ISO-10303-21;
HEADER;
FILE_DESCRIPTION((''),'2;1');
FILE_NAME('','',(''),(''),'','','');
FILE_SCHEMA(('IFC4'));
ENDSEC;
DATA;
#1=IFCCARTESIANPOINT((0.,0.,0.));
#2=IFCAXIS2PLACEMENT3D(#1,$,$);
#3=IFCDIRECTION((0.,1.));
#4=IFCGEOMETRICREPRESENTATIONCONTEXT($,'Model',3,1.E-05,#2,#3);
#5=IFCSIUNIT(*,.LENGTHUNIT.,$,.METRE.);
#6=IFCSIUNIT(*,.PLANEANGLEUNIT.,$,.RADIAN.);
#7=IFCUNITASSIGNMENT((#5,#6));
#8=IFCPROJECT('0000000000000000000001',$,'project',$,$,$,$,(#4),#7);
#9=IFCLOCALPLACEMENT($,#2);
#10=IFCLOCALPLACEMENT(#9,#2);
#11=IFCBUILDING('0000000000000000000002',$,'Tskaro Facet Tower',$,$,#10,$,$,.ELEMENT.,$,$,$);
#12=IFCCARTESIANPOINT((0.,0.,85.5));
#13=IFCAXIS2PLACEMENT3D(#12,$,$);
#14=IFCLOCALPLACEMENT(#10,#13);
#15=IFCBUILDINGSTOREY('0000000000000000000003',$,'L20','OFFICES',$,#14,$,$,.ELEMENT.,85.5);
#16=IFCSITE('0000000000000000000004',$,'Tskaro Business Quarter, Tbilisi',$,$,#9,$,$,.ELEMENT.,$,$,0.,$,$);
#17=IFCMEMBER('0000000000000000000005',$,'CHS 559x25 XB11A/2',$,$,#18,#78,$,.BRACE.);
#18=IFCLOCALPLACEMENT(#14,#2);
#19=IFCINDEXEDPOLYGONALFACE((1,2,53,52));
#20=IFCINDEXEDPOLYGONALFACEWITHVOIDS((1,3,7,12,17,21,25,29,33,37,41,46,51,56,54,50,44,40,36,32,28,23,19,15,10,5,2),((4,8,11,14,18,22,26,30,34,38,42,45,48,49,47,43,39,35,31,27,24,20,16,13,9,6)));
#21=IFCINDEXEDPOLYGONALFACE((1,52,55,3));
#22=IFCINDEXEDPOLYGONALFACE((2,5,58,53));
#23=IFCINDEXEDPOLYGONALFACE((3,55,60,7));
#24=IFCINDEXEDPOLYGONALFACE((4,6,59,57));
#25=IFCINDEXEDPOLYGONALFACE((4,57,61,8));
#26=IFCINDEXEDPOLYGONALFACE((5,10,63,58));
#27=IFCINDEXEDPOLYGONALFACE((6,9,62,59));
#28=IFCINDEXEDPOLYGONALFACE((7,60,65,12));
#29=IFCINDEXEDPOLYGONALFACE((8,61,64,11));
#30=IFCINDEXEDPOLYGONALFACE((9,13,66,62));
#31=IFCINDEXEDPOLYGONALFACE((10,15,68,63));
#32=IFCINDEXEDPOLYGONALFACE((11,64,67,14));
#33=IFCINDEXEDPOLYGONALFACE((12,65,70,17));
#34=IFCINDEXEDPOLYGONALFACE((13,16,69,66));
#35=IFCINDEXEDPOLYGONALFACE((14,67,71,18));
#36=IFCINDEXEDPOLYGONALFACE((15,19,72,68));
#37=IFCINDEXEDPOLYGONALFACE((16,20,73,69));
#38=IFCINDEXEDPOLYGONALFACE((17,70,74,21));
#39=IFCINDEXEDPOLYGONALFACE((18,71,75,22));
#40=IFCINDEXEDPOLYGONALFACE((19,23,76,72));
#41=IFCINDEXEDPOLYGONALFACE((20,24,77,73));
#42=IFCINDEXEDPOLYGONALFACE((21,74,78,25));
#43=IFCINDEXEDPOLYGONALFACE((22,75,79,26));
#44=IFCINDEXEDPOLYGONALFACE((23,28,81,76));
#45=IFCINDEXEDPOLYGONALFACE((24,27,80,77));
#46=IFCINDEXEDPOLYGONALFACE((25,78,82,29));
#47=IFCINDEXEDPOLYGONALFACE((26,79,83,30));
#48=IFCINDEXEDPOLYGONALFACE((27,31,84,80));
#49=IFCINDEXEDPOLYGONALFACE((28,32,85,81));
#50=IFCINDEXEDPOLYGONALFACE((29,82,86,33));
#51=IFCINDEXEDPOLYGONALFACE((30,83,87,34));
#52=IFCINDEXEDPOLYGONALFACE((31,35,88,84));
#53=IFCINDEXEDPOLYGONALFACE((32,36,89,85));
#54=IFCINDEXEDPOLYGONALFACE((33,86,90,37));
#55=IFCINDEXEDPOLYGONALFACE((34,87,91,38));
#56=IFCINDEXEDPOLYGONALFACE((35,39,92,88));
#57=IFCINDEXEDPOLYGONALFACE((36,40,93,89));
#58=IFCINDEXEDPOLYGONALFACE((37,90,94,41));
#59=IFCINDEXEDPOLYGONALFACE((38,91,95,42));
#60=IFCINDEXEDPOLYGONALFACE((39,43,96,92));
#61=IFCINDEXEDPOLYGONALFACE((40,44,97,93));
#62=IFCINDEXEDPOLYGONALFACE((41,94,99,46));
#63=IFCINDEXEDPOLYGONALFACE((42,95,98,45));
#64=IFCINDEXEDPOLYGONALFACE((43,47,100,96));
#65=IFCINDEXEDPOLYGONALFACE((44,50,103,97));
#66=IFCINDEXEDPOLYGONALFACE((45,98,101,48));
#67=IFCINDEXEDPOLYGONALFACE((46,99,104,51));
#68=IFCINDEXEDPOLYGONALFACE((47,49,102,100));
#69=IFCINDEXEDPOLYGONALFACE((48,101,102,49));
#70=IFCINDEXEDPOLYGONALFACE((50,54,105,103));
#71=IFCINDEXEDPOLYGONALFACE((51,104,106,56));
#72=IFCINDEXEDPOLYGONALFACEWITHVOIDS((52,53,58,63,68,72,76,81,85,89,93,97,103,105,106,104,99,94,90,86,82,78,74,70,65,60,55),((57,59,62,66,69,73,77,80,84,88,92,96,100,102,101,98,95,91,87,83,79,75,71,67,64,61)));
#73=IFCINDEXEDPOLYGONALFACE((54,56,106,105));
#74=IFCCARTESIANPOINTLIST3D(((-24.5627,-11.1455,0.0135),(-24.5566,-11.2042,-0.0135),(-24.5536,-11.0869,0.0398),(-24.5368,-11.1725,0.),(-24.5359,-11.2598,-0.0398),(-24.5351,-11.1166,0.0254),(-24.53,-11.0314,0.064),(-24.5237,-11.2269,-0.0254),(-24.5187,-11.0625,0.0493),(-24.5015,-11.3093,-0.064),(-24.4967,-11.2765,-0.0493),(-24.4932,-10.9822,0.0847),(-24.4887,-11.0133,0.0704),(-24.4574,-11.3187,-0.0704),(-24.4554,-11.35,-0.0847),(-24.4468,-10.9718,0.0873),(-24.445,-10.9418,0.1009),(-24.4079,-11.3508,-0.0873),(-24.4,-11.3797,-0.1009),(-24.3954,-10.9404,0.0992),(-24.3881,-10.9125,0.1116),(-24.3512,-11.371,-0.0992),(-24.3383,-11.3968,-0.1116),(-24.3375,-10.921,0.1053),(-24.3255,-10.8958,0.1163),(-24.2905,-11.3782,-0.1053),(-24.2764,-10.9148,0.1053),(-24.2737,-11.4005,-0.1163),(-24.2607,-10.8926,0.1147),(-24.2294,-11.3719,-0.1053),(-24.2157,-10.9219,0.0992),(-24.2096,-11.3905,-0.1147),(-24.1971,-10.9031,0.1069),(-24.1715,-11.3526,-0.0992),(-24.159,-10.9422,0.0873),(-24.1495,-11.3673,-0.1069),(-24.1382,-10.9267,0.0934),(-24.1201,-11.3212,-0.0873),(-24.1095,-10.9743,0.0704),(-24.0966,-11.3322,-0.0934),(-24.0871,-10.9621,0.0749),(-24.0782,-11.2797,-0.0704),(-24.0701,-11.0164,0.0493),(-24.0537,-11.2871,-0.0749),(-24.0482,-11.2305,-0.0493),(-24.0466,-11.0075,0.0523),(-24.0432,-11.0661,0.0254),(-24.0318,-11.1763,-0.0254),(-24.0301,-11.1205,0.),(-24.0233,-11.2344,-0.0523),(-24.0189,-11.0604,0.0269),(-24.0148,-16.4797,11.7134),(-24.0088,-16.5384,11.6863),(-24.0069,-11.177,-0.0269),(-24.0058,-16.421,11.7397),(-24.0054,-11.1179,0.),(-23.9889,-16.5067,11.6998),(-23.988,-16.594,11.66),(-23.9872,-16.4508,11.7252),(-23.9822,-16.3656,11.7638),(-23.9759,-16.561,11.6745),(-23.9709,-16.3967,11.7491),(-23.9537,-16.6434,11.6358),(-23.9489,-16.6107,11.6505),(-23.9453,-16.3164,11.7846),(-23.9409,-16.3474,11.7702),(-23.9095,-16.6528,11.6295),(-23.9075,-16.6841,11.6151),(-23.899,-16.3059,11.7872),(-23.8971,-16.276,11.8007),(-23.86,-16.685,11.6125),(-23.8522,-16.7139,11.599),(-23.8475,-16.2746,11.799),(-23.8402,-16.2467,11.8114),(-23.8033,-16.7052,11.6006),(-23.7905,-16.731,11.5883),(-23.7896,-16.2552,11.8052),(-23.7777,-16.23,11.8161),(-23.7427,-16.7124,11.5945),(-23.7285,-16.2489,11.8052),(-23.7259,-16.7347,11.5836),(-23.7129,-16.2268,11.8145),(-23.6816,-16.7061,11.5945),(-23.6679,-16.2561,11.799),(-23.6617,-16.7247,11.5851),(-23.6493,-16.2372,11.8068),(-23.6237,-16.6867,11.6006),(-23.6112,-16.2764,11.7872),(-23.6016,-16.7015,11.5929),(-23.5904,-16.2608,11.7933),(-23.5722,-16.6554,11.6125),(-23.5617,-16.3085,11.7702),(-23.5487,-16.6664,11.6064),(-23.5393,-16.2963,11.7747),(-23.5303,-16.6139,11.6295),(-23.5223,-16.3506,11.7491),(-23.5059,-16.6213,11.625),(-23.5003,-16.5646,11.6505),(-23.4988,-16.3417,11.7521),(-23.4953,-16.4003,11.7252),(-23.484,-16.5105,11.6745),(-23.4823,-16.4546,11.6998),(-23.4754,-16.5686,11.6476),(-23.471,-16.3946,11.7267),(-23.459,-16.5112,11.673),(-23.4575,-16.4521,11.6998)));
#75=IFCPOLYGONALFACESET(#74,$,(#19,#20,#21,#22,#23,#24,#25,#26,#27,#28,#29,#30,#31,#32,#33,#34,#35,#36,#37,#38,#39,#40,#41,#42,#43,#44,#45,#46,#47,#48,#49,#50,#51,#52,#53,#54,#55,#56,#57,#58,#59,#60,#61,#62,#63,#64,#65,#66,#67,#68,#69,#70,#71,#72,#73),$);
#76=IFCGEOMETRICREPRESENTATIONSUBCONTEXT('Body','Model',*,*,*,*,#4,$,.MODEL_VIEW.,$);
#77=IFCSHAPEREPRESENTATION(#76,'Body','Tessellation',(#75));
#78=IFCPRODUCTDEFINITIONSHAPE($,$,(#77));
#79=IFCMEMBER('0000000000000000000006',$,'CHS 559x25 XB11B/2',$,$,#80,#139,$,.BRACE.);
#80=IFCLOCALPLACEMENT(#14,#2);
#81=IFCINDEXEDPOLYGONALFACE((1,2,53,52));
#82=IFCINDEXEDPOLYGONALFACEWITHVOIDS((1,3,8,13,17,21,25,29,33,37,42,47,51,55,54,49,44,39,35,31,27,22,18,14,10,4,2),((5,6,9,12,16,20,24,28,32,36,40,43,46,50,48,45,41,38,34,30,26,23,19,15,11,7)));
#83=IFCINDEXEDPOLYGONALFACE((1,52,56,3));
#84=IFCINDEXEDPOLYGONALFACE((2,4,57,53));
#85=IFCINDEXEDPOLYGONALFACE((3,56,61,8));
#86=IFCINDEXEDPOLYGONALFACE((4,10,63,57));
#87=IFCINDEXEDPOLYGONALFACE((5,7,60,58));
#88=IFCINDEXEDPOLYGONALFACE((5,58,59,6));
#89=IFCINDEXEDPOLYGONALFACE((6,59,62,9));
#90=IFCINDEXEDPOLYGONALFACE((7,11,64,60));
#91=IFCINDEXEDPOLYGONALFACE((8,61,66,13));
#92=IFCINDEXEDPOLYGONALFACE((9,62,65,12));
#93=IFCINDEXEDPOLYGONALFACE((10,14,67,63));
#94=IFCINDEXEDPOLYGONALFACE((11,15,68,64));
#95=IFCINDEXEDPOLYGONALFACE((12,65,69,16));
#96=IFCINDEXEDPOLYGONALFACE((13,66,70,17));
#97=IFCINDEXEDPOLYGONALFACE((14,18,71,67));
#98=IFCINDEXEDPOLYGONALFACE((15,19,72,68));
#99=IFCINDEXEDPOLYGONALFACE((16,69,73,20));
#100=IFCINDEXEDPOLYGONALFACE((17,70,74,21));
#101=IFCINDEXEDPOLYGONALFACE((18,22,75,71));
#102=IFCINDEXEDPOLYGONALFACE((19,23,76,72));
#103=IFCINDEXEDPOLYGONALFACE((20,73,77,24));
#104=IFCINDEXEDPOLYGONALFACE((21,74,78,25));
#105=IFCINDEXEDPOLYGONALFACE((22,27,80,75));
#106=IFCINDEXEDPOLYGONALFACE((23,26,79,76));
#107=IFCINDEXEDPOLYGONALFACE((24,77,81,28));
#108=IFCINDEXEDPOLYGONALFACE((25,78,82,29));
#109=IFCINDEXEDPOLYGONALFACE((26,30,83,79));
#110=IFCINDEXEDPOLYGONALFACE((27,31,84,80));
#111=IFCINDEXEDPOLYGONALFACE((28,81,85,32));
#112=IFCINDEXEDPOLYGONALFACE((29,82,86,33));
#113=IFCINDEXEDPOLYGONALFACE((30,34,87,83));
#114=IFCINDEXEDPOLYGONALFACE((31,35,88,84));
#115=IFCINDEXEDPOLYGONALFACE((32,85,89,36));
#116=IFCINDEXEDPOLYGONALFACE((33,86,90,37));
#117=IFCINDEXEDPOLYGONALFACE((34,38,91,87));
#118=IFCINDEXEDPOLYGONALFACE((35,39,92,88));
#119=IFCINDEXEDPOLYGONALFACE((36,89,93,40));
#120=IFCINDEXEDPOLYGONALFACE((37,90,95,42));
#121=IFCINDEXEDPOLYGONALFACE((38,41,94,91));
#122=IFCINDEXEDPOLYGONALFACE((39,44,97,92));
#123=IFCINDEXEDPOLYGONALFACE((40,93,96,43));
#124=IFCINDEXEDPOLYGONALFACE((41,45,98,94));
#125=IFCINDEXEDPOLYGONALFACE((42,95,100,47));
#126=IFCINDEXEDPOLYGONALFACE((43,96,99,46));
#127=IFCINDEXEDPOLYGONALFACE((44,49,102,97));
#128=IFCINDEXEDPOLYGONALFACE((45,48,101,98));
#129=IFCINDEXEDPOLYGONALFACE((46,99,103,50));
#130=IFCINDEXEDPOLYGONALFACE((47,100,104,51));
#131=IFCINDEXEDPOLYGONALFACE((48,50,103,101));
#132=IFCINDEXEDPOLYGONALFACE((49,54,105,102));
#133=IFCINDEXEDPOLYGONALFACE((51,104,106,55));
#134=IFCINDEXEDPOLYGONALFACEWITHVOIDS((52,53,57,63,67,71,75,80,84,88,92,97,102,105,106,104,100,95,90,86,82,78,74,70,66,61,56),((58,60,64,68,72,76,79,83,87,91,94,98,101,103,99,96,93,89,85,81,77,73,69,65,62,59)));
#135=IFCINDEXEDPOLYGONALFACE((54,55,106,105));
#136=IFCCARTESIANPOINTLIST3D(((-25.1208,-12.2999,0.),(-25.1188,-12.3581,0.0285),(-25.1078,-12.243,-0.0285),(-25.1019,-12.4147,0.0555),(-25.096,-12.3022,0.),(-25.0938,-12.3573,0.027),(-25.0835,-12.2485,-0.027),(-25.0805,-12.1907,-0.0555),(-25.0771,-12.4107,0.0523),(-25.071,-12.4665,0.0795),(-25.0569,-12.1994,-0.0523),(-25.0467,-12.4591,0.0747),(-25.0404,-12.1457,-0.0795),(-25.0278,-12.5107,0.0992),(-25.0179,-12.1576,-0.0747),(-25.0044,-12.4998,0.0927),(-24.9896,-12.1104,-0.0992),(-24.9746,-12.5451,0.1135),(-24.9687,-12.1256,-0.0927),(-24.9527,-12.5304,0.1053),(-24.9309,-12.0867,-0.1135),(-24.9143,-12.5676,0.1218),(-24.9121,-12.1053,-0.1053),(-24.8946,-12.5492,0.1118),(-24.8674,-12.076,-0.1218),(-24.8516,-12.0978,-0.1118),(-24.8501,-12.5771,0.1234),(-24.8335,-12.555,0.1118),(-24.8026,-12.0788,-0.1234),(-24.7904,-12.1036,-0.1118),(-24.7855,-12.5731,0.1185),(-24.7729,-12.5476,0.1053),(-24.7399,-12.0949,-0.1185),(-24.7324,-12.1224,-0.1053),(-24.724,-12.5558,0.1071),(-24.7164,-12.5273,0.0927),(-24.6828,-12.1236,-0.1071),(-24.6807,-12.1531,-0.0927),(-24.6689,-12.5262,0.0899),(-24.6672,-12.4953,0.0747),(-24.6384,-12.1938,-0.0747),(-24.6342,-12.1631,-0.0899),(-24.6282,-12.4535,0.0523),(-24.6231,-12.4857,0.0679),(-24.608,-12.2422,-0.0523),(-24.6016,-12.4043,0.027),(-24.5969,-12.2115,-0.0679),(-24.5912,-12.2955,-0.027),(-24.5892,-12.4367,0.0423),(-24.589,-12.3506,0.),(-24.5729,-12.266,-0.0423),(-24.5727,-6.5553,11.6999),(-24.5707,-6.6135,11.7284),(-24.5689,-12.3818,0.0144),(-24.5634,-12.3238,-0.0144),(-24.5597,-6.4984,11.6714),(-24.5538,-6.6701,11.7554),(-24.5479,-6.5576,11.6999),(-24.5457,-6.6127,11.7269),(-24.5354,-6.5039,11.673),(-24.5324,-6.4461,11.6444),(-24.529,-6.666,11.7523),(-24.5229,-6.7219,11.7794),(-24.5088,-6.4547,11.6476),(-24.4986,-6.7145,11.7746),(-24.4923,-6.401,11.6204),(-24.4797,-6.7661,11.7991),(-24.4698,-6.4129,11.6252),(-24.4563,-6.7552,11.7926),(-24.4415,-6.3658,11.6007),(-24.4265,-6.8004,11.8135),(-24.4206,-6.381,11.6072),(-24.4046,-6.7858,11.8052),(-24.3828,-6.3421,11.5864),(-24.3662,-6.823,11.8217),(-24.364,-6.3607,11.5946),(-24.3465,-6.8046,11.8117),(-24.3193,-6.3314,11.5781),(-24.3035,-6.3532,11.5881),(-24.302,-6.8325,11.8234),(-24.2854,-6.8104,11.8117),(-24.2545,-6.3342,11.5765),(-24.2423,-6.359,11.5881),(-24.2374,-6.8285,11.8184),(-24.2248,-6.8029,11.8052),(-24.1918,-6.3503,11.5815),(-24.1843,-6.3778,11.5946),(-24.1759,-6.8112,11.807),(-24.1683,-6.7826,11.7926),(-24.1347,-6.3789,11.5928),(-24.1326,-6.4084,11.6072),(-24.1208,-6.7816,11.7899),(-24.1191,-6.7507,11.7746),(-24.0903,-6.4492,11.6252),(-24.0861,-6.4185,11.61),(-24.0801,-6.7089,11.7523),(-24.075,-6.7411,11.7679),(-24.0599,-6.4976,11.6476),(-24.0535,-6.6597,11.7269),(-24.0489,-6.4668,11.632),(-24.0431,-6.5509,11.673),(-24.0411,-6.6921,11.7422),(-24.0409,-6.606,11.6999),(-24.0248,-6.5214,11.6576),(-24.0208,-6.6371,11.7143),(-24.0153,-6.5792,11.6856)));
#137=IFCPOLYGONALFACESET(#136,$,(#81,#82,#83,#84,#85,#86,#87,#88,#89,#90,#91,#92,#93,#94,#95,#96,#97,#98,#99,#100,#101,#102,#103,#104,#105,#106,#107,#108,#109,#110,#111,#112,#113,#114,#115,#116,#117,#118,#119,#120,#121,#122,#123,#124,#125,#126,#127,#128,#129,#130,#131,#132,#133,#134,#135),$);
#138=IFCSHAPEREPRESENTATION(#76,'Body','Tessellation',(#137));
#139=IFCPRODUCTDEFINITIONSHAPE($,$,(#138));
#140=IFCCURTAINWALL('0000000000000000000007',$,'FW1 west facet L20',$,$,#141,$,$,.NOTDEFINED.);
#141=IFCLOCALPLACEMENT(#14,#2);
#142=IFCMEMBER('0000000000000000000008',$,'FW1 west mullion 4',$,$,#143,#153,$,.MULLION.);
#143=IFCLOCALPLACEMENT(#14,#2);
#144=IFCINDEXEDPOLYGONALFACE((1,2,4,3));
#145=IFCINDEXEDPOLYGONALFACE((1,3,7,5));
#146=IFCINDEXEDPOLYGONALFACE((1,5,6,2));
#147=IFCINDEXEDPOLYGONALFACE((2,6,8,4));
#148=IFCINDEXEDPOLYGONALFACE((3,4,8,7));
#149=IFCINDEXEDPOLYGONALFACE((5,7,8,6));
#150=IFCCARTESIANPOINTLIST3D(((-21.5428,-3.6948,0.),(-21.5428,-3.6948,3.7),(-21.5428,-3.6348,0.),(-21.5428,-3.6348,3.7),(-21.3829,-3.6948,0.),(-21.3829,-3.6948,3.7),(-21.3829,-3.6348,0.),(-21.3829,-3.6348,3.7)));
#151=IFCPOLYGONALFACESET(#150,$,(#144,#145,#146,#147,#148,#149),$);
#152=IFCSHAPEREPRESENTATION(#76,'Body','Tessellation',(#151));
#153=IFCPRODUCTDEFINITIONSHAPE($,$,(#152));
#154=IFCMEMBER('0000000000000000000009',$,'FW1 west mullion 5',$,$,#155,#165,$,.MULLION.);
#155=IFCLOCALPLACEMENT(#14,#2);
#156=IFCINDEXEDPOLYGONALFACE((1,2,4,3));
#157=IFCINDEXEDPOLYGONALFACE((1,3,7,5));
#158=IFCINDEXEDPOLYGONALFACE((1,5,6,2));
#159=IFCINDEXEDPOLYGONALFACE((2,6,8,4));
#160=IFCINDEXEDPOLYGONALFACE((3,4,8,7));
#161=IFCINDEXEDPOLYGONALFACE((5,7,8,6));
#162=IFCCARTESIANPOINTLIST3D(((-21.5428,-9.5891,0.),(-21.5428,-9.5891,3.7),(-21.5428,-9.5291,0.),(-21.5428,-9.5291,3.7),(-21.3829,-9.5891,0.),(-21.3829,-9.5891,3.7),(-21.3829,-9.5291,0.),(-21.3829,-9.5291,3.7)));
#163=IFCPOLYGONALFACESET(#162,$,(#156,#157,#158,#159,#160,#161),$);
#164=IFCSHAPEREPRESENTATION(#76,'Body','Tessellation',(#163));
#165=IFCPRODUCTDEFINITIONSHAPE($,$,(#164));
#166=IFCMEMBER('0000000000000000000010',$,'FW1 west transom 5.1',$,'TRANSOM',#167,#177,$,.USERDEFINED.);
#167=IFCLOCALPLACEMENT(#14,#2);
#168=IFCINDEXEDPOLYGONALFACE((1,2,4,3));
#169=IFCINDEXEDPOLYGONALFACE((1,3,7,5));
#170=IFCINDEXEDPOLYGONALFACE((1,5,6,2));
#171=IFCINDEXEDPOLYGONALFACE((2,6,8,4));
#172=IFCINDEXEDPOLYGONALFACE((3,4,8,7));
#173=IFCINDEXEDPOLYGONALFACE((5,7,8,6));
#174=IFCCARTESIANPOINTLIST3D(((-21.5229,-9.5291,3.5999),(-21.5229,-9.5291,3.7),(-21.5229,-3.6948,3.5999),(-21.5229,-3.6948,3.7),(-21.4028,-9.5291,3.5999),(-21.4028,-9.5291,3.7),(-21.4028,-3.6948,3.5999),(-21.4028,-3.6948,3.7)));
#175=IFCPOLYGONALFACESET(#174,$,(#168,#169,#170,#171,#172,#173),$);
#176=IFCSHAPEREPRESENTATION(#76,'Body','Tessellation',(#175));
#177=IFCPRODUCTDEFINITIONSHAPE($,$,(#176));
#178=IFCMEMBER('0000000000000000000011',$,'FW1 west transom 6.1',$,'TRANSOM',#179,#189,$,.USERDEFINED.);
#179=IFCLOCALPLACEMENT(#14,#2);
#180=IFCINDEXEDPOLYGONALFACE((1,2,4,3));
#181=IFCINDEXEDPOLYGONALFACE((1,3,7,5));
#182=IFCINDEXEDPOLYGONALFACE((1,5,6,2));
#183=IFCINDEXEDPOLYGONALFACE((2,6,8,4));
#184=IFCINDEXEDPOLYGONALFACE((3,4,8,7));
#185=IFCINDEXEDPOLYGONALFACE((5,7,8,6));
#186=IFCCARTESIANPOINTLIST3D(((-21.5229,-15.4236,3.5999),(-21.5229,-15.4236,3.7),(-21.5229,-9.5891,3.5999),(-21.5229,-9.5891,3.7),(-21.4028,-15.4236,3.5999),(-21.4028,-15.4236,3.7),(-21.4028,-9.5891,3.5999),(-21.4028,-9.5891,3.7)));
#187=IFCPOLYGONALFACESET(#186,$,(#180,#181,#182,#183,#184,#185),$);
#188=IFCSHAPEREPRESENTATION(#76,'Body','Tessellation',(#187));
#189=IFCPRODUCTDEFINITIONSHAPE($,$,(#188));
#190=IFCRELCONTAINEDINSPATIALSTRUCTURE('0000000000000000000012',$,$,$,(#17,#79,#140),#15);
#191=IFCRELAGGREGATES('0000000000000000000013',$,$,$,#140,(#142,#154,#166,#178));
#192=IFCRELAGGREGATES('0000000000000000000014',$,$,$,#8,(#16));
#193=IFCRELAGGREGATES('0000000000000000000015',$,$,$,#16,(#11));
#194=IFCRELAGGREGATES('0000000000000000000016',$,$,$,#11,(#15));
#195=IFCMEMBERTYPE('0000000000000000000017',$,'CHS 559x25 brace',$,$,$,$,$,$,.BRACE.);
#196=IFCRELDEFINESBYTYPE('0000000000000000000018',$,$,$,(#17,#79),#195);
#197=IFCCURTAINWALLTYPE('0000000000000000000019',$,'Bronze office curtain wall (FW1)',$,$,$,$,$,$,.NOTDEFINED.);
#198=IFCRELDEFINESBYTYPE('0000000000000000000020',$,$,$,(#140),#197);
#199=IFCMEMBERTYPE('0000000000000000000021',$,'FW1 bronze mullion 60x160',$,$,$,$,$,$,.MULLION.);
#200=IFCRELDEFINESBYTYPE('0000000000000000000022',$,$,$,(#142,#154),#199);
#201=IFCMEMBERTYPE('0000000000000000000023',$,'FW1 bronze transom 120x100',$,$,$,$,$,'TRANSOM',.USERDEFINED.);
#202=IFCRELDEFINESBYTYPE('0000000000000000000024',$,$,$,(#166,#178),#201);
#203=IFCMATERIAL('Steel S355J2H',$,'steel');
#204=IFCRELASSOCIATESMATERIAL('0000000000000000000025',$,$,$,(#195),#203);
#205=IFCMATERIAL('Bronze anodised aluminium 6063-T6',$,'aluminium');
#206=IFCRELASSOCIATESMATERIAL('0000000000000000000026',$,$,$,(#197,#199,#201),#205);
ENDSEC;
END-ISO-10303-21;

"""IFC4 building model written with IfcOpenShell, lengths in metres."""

from ifc_helpers import new_model, si_unit, direction, frame, origin, origin_2d, place, context, subcontext, project, spatial, rectangle, hollow_circle, extrude, material, material_profile, profile_set, type_object, element, aggregate, save


model = new_model("IFC4")

# Units and contexts
model_context = context("Model", 3, precision=1e-05, world=origin(), true_north=direction((0.0, 1.0)))
body_context = subcontext(model_context, "Body", "Model", "MODEL_VIEW")
ifc_project = project(units=[si_unit("LENGTHUNIT", "METRE"), si_unit("PLANEANGLEUNIT", "RADIAN")], contexts=[model_context])

# Site, building, storey
site_placement = place(None, origin())
site = spatial("IfcSite", under=ifc_project, at=site_placement, Name="Tskaro Business Quarter, Tbilisi", CompositionType="ELEMENT", RefElevation=0.0)
building_placement = place(site_placement, origin())
building = spatial("IfcBuilding", under=site, at=building_placement, Name="Tskaro Facet Tower", CompositionType="ELEMENT")
storey_placement = place(building_placement, frame((0.0, 0.0, 85.5)))
storey = spatial("IfcBuildingStorey", under=building, at=storey_placement, Name="L20", Description="OFFICES", CompositionType="ELEMENT", Elevation=85.5)

# Shared definitions
ifc_material_1 = material(Name="Steel S355J2H", Category="steel")

# Members
ifc_material_profile_1 = material_profile(ifc_material_1, hollow_circle(Radius=0.2795, WallThickness=0.0249, at=origin_2d()), Name="CHS 559x25")
ifc_profile_set_1 = profile_set([ifc_material_profile_1], Name="Steel S355J2H")
member_type_1 = type_object("IfcMemberType", Name="CHS 559x25 brace", PredefinedType="BRACE", material=ifc_profile_set_1)
member_1_placement = place(storey_placement, frame((-24.2834, -11.1465, 0.0), z_axis=(0.042567, -0.414462, 0.90907), x_axis=(0.994767, 0.102167, 0.0)))
element("IfcMember", 1, at=member_1_placement, inside=storey, type_object=member_type_1, Name="CHS 559x25 XB11A/2", PredefinedType="BRACE", context=body_context, shape_type="SweptSolid", body=[
    extrude(hollow_circle(Radius=0.2795, WallThickness=0.0249, at=origin_2d()), origin(), (0.0, 0.0, 1.0), 12.8701),
])
member_2_placement = place(storey_placement, frame((-24.8425, -12.3264, 0.0), z_axis=(0.042014, 0.440347, 0.896844), x_axis=(-0.995479, 0.094979, 0.0)))
element("IfcMember", 2, at=member_2_placement, inside=storey, type_object=member_type_1, Name="CHS 559x25 XB11B/2", PredefinedType="BRACE", context=body_context, shape_type="SweptSolid", body=[
    extrude(hollow_circle(Radius=0.2795, WallThickness=0.0249, at=origin_2d()), origin(), (0.0, 0.0, 1.0), 13.0457),
])

# Curtain wall, members
ifc_material_2 = material(Name="Bronze anodised aluminium 6063-T6", Category="aluminium")
curtain_wall_type = type_object("IfcCurtainWallType", Name="Bronze office curtain wall (FW1)", PredefinedType="NOTDEFINED", material=ifc_material_2)
curtain_wall_placement = place(storey_placement, origin())
curtain_wall = element("IfcCurtainWall", 3, at=curtain_wall_placement, inside=storey, type_object=curtain_wall_type, Name="FW1 west facet L20", PredefinedType="NOTDEFINED")
ifc_material_profile_2 = material_profile(ifc_material_2, rectangle(XDim=0.0601, YDim=0.1599, at=origin_2d()), Name="Mullion 60x160")
ifc_profile_set_2 = profile_set([ifc_material_profile_2], Name="Bronze anodised aluminium 6063-T6")
member_type_2 = type_object("IfcMemberType", Name="FW1 bronze mullion 60x160", PredefinedType="MULLION", material=ifc_profile_set_2)
member_3_placement = place(storey_placement, frame((-21.4629, -3.6648, 0.0), z_axis=(0.0, 0.0, 1.0), x_axis=(0.0, -1.0, 0.0)))
member_3 = element("IfcMember", 4, at=member_3_placement, type_object=member_type_2, Name="FW1 west mullion 4", PredefinedType="MULLION", context=body_context, shape_type="SweptSolid", body=[
    extrude(rectangle(XDim=0.0601, YDim=0.1599, at=origin_2d()), origin(), (0.0, 0.0, 1.0), 3.7),
])
member_4_placement = place(storey_placement, frame((-21.4629, -9.5591, 0.0), z_axis=(0.0, 0.0, 1.0), x_axis=(0.0, -1.0, 0.0)))
member_4 = element("IfcMember", 5, at=member_4_placement, type_object=member_type_2, Name="FW1 west mullion 5", PredefinedType="MULLION", context=body_context, shape_type="SweptSolid", body=[
    extrude(rectangle(XDim=0.0601, YDim=0.1599, at=origin_2d()), origin(), (0.0, 0.0, 1.0), 3.7),
])
ifc_material_profile_3 = material_profile(ifc_material_2, rectangle(XDim=0.1201, YDim=0.1001, at=origin_2d()), Name="Transom 120x100")
ifc_profile_set_3 = profile_set([ifc_material_profile_3], Name="Bronze anodised aluminium 6063-T6")
member_type_3 = type_object("IfcMemberType", Name="FW1 bronze transom 120x100", ElementType="TRANSOM", PredefinedType="USERDEFINED", material=ifc_profile_set_3)
member_5_placement = place(storey_placement, frame((-21.4629, -3.6948, 3.6499), z_axis=(0.0, -1.0, 0.0), x_axis=(1.0, 0.0, 0.0)))
member_5 = element("IfcMember", 6, at=member_5_placement, type_object=member_type_3, Name="FW1 west transom 5.1", ObjectType="TRANSOM", PredefinedType="USERDEFINED", context=body_context, shape_type="SweptSolid", body=[
    extrude(rectangle(XDim=0.1201, YDim=0.1001, at=origin_2d()), origin(), (0.0, 0.0, 1.0), 5.8342),
])
member_6_placement = place(storey_placement, frame((-21.4629, -9.5891, 3.6499), z_axis=(0.0, -1.0, 0.0), x_axis=(1.0, 0.0, 0.0)))
member_6 = element("IfcMember", 7, at=member_6_placement, type_object=member_type_3, Name="FW1 west transom 6.1", ObjectType="TRANSOM", PredefinedType="USERDEFINED", context=body_context, shape_type="SweptSolid", body=[
    extrude(rectangle(XDim=0.1201, YDim=0.1001, at=origin_2d()), origin(), (0.0, 0.0, 1.0), 5.8345),
])

aggregate(curtain_wall, [member_3, member_4, member_5, member_6])

save(model, "model.ifc")
